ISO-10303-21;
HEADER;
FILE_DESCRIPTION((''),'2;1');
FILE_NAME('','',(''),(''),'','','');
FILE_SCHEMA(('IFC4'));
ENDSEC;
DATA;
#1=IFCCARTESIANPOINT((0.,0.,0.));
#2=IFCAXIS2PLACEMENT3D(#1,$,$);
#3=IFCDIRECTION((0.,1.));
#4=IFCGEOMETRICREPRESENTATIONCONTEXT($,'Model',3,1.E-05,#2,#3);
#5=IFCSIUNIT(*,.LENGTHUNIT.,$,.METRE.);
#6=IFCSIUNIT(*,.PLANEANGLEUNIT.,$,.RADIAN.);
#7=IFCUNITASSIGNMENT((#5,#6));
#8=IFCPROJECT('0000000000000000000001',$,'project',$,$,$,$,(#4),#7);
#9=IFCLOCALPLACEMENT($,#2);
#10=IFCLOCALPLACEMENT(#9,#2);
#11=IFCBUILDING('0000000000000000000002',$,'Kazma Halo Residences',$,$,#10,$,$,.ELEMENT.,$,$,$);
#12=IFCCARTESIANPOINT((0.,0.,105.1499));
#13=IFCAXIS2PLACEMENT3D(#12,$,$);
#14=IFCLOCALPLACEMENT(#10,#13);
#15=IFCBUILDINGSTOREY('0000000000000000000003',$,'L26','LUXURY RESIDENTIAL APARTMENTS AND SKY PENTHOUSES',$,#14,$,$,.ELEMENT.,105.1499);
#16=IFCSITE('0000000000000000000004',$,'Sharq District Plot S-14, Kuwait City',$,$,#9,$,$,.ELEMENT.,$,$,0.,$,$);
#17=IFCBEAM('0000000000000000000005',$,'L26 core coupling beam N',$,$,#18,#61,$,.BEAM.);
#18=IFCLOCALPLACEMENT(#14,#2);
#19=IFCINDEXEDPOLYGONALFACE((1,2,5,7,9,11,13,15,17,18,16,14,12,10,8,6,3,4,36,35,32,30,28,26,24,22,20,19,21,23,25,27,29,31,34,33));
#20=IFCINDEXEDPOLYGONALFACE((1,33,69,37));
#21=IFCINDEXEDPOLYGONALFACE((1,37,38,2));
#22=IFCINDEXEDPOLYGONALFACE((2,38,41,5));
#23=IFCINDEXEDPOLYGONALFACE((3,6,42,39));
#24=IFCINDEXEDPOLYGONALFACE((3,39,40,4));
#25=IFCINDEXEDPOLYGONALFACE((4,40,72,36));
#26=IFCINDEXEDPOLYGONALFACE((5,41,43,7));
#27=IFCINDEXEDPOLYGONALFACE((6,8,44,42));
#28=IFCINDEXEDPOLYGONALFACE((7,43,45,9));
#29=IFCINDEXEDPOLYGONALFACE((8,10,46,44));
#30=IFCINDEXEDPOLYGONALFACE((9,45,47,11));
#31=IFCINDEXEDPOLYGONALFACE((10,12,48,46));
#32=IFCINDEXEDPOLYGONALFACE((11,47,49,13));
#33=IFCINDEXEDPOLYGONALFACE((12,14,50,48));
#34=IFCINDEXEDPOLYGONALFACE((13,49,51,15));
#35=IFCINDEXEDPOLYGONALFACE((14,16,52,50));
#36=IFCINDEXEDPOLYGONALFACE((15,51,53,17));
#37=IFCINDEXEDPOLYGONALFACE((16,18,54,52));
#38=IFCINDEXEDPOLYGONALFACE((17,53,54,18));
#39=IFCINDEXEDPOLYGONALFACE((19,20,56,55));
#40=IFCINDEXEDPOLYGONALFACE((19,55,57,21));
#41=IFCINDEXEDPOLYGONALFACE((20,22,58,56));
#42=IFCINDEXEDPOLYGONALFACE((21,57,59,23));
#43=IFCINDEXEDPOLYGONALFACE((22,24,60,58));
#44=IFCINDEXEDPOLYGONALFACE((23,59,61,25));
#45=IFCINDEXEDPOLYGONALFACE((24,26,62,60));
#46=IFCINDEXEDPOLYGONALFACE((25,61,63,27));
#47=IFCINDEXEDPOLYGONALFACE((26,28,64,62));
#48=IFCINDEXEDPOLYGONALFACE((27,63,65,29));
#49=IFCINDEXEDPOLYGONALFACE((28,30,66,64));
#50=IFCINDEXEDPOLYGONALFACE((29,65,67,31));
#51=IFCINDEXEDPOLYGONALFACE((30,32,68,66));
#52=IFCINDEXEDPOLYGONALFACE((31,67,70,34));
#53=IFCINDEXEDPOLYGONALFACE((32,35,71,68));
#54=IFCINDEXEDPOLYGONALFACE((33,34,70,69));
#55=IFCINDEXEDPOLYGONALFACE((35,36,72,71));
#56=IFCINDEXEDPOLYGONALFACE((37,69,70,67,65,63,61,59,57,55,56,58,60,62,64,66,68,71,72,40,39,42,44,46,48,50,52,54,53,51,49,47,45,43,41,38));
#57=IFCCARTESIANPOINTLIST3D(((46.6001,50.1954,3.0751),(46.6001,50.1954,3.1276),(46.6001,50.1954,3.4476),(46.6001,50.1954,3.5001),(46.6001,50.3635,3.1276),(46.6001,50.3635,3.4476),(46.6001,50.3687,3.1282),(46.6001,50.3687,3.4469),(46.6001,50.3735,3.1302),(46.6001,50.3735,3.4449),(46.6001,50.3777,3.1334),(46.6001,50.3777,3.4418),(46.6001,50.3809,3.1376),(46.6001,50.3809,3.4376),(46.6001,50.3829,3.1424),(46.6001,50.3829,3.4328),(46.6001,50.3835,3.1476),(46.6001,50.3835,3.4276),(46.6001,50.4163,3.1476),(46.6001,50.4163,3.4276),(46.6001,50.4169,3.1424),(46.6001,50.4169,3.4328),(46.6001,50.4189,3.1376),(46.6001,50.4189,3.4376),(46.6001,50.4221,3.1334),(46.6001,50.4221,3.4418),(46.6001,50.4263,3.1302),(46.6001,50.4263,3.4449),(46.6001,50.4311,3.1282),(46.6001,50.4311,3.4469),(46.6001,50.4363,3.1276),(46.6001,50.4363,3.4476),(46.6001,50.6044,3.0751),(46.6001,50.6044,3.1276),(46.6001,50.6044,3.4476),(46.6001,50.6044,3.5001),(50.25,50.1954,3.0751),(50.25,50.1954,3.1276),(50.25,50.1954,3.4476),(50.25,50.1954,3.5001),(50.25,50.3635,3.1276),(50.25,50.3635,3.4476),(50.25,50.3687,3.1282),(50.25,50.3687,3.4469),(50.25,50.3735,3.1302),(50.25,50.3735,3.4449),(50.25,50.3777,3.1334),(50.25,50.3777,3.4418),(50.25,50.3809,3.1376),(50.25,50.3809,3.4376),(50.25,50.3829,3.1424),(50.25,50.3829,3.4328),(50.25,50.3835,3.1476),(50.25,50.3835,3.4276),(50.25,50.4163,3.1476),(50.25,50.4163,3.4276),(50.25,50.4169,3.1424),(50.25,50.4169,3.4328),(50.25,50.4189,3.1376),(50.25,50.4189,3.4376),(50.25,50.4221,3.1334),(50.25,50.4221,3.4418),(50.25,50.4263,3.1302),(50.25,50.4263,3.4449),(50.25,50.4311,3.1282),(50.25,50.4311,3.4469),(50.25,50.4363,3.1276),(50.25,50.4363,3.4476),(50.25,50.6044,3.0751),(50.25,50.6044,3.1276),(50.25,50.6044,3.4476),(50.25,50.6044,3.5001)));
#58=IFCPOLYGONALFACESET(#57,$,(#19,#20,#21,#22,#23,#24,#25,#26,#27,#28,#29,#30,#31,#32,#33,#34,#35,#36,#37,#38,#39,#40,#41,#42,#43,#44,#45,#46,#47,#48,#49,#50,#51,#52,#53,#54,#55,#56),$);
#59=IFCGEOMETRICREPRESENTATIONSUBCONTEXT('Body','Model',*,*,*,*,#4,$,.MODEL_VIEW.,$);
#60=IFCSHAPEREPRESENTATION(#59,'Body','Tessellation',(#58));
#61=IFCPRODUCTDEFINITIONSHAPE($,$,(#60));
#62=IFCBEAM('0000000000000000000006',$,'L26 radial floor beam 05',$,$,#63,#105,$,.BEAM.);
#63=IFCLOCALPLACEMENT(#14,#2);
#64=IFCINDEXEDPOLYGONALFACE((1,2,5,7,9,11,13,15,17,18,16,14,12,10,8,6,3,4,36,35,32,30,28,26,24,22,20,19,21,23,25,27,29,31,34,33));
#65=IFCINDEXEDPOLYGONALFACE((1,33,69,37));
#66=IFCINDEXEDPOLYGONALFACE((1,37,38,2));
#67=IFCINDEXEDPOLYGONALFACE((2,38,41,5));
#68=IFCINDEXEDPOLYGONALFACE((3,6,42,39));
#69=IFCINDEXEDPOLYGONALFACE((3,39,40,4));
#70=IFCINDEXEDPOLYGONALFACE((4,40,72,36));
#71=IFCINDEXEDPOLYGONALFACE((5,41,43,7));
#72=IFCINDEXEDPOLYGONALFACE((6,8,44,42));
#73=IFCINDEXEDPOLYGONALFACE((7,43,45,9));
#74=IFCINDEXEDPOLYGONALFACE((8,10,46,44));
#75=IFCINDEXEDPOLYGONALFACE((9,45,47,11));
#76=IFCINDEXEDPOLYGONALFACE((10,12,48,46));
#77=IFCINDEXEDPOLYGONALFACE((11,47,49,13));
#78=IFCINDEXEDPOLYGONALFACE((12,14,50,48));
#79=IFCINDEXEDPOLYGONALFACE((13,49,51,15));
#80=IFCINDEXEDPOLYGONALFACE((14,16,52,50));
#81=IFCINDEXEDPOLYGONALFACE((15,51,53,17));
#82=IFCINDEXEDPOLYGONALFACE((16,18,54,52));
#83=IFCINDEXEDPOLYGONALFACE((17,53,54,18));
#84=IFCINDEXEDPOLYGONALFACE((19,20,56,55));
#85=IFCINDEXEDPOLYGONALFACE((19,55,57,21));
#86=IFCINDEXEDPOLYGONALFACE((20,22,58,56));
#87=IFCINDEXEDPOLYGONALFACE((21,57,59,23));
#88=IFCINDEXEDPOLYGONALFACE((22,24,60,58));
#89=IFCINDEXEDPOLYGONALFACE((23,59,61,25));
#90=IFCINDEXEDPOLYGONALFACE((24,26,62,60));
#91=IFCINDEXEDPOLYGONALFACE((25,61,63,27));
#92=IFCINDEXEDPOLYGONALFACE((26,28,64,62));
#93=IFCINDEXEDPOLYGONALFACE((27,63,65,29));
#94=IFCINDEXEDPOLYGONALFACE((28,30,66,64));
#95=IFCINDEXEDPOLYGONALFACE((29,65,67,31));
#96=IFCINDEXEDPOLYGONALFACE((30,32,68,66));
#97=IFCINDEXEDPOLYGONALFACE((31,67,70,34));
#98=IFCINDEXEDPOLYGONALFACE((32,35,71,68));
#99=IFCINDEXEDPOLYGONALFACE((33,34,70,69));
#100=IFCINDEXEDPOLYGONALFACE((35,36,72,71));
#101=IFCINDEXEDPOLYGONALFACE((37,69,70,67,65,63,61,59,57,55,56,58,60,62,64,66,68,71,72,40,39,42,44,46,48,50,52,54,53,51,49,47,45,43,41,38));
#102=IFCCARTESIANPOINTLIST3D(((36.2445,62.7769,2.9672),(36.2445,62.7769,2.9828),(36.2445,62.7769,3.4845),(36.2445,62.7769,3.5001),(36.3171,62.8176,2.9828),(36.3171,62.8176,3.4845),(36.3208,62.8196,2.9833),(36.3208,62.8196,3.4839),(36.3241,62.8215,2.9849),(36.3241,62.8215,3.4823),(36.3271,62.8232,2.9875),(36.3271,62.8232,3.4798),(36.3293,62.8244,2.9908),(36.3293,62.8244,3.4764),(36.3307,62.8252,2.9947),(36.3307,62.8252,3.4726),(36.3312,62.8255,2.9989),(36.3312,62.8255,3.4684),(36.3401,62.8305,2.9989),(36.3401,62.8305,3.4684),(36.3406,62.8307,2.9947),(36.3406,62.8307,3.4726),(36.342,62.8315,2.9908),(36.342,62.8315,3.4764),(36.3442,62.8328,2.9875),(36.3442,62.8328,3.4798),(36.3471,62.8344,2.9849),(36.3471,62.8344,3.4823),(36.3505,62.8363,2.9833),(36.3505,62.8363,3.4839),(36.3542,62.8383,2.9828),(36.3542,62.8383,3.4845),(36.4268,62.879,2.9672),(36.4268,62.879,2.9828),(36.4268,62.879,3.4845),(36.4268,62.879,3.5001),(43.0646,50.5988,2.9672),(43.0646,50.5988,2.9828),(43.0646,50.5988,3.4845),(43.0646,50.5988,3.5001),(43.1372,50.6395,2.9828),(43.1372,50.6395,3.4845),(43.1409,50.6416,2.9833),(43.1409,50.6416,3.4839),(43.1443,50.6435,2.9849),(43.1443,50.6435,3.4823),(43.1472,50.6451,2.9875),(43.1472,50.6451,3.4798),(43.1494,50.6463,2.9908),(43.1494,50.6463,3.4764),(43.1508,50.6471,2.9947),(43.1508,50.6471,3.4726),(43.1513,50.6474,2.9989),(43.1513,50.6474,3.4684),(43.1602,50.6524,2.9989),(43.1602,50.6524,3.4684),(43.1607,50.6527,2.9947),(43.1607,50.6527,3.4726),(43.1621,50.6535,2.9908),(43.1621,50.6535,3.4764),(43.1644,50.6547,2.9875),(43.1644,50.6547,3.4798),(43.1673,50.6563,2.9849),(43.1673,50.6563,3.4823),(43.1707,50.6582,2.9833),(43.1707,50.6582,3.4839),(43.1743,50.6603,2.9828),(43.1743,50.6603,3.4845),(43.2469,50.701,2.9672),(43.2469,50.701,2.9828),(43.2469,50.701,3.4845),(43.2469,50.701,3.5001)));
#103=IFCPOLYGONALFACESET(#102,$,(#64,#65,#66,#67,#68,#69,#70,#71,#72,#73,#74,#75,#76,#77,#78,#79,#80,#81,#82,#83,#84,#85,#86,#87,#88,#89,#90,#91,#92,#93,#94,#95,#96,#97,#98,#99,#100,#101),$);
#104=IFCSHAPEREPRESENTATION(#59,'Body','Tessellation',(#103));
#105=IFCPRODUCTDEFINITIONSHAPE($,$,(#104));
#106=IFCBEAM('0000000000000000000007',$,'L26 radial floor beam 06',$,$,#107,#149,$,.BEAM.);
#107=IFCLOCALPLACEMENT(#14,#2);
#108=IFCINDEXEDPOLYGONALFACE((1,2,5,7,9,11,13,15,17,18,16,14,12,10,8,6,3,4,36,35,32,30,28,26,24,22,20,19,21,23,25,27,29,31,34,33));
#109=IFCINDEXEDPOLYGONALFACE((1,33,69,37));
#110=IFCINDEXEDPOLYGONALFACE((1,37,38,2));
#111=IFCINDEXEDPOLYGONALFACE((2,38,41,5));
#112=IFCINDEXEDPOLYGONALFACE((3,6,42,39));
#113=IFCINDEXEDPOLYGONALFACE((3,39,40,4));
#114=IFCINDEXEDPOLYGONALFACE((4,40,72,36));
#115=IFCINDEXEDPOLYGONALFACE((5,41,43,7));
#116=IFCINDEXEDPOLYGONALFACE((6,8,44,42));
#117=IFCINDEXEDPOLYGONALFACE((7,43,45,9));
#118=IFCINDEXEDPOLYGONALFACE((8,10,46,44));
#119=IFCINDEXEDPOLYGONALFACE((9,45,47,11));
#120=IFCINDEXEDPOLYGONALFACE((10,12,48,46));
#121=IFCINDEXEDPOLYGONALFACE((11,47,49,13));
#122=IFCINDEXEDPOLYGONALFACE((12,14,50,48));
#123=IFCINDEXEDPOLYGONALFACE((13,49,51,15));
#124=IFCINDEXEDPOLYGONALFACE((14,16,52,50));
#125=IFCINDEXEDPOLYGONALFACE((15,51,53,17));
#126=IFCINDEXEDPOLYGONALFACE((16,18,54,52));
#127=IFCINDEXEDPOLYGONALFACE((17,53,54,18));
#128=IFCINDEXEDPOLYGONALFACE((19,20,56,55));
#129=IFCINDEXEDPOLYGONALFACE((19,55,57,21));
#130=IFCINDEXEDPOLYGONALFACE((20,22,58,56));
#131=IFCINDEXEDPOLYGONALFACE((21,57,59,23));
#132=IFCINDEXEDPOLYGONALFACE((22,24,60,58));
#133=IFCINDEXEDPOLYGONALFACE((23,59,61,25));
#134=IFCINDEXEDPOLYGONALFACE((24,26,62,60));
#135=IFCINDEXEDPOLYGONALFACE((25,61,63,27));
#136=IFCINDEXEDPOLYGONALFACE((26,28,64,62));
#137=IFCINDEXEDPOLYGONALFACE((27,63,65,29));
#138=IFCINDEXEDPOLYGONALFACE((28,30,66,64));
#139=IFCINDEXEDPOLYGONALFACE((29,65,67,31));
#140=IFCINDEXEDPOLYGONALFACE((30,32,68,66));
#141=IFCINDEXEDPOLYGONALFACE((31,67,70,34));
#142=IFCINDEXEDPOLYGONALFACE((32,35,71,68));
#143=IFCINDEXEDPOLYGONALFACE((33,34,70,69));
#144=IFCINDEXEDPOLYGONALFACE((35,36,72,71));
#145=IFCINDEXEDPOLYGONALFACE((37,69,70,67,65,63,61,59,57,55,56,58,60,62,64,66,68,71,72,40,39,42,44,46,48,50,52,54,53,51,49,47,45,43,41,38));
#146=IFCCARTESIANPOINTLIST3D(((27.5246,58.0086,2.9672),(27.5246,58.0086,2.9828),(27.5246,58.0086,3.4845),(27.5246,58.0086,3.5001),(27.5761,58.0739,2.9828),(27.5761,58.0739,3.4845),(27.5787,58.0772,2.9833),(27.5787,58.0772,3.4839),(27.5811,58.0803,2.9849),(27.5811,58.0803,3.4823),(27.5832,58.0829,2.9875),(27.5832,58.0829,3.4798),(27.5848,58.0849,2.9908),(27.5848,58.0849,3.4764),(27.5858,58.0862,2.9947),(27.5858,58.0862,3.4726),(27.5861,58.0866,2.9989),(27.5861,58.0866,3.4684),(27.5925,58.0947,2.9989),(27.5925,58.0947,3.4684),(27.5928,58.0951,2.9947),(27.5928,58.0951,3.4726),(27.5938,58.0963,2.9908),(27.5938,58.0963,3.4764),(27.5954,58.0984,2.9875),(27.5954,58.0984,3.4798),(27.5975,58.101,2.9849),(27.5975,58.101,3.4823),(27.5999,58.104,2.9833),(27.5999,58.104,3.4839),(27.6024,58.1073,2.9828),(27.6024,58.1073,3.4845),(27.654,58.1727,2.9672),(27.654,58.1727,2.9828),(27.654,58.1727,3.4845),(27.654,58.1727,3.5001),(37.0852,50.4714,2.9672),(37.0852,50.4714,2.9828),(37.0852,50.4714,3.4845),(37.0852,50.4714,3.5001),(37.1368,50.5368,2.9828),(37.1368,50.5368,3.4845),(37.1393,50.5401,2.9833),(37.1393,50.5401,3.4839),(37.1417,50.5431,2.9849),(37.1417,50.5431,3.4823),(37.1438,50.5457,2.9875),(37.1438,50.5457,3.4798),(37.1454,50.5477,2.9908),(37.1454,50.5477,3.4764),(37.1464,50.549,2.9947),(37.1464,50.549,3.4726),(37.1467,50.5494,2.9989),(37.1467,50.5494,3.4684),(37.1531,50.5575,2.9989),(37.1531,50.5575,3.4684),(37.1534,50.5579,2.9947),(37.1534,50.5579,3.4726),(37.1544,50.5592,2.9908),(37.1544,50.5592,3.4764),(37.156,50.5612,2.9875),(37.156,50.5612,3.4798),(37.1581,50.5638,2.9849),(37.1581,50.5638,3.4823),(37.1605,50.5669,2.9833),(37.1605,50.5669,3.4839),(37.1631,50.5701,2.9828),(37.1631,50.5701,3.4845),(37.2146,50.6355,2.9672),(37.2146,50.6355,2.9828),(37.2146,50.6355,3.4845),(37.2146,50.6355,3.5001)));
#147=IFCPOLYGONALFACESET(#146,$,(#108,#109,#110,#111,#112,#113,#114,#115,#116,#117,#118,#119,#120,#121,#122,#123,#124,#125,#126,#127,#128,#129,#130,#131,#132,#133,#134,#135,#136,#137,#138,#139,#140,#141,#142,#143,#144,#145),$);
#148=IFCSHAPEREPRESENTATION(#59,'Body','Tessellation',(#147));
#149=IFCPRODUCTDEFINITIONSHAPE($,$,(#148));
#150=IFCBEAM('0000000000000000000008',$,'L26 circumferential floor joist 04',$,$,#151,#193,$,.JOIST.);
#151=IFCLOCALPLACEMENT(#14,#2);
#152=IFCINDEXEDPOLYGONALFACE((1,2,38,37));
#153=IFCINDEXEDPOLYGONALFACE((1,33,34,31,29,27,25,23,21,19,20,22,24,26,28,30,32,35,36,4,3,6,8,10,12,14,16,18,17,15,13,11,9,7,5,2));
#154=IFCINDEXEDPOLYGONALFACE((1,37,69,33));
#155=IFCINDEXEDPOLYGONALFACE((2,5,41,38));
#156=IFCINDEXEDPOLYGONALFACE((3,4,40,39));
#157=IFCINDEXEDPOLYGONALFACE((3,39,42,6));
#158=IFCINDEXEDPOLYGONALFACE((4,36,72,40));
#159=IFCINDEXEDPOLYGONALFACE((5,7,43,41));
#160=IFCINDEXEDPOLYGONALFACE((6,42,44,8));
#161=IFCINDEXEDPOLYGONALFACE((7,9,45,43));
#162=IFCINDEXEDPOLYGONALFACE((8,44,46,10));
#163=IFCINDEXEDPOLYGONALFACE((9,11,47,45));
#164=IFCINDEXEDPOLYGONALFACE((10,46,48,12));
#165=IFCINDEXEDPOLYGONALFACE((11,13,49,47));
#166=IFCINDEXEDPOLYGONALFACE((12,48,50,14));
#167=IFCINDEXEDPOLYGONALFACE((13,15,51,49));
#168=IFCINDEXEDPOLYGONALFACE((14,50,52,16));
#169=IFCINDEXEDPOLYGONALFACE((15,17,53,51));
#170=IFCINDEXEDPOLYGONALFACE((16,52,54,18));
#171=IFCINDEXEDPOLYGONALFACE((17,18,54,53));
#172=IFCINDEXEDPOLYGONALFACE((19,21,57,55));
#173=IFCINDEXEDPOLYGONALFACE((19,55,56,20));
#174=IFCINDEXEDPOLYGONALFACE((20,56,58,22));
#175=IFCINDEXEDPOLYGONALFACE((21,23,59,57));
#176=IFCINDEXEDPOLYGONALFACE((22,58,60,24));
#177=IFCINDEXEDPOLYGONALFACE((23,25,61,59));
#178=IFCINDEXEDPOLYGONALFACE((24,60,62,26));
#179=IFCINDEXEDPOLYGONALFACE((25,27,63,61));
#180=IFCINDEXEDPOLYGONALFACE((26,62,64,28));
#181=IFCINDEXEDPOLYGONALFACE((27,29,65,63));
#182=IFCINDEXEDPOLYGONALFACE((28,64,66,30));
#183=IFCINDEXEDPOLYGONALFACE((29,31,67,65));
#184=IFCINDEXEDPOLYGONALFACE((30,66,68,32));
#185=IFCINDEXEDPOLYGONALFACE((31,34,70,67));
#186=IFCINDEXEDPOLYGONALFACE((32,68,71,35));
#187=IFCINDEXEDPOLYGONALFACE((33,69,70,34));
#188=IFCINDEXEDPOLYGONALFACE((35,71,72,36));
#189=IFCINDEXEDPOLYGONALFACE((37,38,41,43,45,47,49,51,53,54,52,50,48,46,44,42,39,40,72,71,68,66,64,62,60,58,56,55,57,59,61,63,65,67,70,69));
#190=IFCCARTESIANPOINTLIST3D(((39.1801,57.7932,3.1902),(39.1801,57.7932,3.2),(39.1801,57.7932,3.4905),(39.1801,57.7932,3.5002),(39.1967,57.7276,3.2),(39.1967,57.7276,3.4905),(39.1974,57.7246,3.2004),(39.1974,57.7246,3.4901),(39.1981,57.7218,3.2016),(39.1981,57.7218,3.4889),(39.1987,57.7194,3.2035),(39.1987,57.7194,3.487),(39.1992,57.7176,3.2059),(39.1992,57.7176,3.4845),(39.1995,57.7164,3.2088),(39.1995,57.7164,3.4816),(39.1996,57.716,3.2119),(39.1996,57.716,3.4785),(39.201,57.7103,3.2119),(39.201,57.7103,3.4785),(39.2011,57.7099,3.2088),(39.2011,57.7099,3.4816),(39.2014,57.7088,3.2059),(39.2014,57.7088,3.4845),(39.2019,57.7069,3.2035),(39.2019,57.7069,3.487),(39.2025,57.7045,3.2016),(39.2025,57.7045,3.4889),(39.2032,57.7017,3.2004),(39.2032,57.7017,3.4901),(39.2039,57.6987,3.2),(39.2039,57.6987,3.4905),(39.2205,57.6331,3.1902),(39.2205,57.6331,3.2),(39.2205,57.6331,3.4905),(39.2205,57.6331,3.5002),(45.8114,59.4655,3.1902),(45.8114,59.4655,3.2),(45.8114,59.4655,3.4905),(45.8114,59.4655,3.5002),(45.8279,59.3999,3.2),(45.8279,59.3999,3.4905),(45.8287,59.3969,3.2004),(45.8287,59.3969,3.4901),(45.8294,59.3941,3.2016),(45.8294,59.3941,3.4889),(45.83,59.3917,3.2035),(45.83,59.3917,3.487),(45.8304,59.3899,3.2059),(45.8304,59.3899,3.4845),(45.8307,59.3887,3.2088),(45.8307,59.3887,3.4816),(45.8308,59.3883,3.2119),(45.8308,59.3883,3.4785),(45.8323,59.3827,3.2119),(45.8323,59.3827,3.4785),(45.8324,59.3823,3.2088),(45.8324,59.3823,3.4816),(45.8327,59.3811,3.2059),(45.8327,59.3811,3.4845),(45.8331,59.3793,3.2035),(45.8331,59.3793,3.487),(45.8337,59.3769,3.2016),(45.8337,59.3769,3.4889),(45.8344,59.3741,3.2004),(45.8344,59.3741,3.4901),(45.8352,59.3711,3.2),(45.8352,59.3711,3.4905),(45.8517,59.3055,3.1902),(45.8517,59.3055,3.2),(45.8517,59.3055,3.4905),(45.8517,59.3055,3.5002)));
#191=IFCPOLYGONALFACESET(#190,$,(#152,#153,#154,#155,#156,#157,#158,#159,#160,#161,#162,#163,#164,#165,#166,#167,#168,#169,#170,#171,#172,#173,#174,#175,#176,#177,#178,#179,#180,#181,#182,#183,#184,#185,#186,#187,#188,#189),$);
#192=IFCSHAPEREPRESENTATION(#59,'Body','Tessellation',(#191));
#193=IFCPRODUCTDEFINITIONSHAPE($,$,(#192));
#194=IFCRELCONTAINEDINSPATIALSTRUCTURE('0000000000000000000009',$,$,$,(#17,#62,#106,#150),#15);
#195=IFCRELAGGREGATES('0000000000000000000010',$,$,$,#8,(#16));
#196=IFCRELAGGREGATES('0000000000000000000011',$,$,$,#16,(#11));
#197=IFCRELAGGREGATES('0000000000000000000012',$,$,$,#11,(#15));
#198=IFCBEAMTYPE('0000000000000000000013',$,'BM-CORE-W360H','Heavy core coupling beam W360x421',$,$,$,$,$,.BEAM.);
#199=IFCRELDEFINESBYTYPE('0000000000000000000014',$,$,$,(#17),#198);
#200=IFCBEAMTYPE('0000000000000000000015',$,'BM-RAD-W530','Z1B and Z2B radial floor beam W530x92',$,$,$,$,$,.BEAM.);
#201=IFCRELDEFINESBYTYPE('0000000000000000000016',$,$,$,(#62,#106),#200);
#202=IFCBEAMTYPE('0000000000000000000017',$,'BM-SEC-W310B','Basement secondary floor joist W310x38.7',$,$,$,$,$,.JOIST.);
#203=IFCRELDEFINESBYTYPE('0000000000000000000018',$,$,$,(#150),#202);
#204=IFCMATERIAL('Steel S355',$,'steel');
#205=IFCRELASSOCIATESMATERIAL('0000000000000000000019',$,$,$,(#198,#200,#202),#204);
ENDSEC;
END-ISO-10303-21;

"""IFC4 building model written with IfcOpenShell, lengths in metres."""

from ifc_helpers import new_model, si_unit, direction, frame, origin, origin_2d, place, context, subcontext, project, spatial, i_section, extrude, material, material_profile, profile_set, type_object, element, save


model = new_model("IFC4")

# Units and contexts
model_context = context("Model", 3, precision=1e-05, world=origin(), true_north=direction((0.0, 1.0)))
body_context = subcontext(model_context, "Body", "Model", "MODEL_VIEW")
ifc_project = project(units=[si_unit("LENGTHUNIT", "METRE"), si_unit("PLANEANGLEUNIT", "RADIAN")], contexts=[model_context])

# Site, building, storey
site_placement = place(None, origin())
site = spatial("IfcSite", under=ifc_project, at=site_placement, Name="Sharq District Plot S-14, Kuwait City", CompositionType="ELEMENT", RefElevation=0.0)
building_placement = place(site_placement, origin())
building = spatial("IfcBuilding", under=site, at=building_placement, Name="Kazma Halo Residences", CompositionType="ELEMENT")
storey_placement = place(building_placement, frame((0.0, 0.0, 105.1499)))
storey = spatial("IfcBuildingStorey", under=building, at=storey_placement, Name="L26", Description="LUXURY RESIDENTIAL APARTMENTS AND SKY PENTHOUSES", CompositionType="ELEMENT", Elevation=105.1499)

# Beams
ifc_material_1 = material(Name="Steel S355", Category="steel")
ifc_material_profile_1 = material_profile(ifc_material_1, i_section(OverallWidth=0.4089, OverallDepth=0.425, WebThickness=0.0327, FlangeThickness=0.0525, FilletRadius=0.02, at=origin_2d()), Name="W360x421")
ifc_profile_set_1 = profile_set([ifc_material_profile_1], Name="Steel S355")
beam_type_1 = type_object("IfcBeamType", Name="BM-CORE-W360H", Description="Heavy core coupling beam W360x421", PredefinedType="BEAM", material=ifc_profile_set_1)
beam_1_placement = place(storey_placement, frame((46.6001, 50.3999, 3.2876), z_axis=(1.0, 0.0, 0.0), x_axis=(0.0, 1.0, 0.0)))
element("IfcBeam", 1, at=beam_1_placement, inside=storey, type_object=beam_type_1, Name="L26 core coupling beam N", PredefinedType="BEAM", context=body_context, shape_type="SweptSolid", body=[
    extrude(i_section(OverallWidth=0.4089, OverallDepth=0.425, WebThickness=0.0327, FlangeThickness=0.0525, FilletRadius=0.02, at=origin_2d()), origin(), (0.0, 0.0, 1.0), 3.6499),
])
ifc_material_profile_2 = material_profile(ifc_material_1, i_section(OverallWidth=0.209, OverallDepth=0.533, WebThickness=0.0103, FlangeThickness=0.0156, FilletRadius=0.0161, at=origin_2d()), Name="W530x92")
ifc_profile_set_2 = profile_set([ifc_material_profile_2], Name="Steel S355")
beam_type_2 = type_object("IfcBeamType", Name="BM-RAD-W530", Description="Z1B and Z2B radial floor beam W530x92", PredefinedType="BEAM", material=ifc_profile_set_2)
beam_2_placement = place(storey_placement, frame((43.1558, 50.6499, 3.2336), z_axis=(-0.488625, 0.872494, 0.0), x_axis=(-0.872494, -0.488625, 0.0)))
element("IfcBeam", 2, at=beam_2_placement, inside=storey, type_object=beam_type_2, Name="L26 radial floor beam 05", PredefinedType="BEAM", context=body_context, shape_type="SweptSolid", body=[
    extrude(i_section(OverallWidth=0.209, OverallDepth=0.533, WebThickness=0.0103, FlangeThickness=0.0156, FilletRadius=0.0161, at=origin_2d()), origin(), (0.0, 0.0, 1.0), 13.9578),
])
beam_3_placement = place(storey_placement, frame((37.1499, 50.5535, 3.2336), z_axis=(-0.78531, 0.619103, 0.0), x_axis=(-0.619103, -0.78531, 0.0)))
element("IfcBeam", 3, at=beam_3_placement, inside=storey, type_object=beam_type_2, Name="L26 radial floor beam 06", PredefinedType="BEAM", context=body_context, shape_type="SweptSolid", body=[
    extrude(i_section(OverallWidth=0.209, OverallDepth=0.533, WebThickness=0.0103, FlangeThickness=0.0156, FilletRadius=0.0161, at=origin_2d()), origin(), (0.0, 0.0, 1.0), 12.1743),
])
ifc_material_profile_3 = material_profile(ifc_material_1, i_section(OverallWidth=0.165, OverallDepth=0.3101, WebThickness=0.0059, FlangeThickness=0.0098, FilletRadius=0.012, at=origin_2d()), Name="W310x38.7")
ifc_profile_set_3 = profile_set([ifc_material_profile_3], Name="Steel S355")
beam_type_3 = type_object("IfcBeamType", Name="BM-SEC-W310B", Description="Basement secondary floor joist W310x38.7", PredefinedType="JOIST", material=ifc_profile_set_3)
beam_4_placement = place(storey_placement, frame((45.8315, 59.3855, 3.3452), z_axis=(-0.969641, -0.244534, 0.0), x_axis=(0.244534, -0.969641, 0.0)))
element("IfcBeam", 4, at=beam_4_placement, inside=storey, type_object=beam_type_3, Name="L26 circumferential floor joist 04", PredefinedType="JOIST", context=body_context, shape_type="SweptSolid", body=[
    extrude(i_section(OverallWidth=0.165, OverallDepth=0.3101, WebThickness=0.0059, FlangeThickness=0.0098, FilletRadius=0.012, at=origin_2d()), origin(), (0.0, 0.0, 1.0), 6.8389),
])

save(model, "model.ifc")
